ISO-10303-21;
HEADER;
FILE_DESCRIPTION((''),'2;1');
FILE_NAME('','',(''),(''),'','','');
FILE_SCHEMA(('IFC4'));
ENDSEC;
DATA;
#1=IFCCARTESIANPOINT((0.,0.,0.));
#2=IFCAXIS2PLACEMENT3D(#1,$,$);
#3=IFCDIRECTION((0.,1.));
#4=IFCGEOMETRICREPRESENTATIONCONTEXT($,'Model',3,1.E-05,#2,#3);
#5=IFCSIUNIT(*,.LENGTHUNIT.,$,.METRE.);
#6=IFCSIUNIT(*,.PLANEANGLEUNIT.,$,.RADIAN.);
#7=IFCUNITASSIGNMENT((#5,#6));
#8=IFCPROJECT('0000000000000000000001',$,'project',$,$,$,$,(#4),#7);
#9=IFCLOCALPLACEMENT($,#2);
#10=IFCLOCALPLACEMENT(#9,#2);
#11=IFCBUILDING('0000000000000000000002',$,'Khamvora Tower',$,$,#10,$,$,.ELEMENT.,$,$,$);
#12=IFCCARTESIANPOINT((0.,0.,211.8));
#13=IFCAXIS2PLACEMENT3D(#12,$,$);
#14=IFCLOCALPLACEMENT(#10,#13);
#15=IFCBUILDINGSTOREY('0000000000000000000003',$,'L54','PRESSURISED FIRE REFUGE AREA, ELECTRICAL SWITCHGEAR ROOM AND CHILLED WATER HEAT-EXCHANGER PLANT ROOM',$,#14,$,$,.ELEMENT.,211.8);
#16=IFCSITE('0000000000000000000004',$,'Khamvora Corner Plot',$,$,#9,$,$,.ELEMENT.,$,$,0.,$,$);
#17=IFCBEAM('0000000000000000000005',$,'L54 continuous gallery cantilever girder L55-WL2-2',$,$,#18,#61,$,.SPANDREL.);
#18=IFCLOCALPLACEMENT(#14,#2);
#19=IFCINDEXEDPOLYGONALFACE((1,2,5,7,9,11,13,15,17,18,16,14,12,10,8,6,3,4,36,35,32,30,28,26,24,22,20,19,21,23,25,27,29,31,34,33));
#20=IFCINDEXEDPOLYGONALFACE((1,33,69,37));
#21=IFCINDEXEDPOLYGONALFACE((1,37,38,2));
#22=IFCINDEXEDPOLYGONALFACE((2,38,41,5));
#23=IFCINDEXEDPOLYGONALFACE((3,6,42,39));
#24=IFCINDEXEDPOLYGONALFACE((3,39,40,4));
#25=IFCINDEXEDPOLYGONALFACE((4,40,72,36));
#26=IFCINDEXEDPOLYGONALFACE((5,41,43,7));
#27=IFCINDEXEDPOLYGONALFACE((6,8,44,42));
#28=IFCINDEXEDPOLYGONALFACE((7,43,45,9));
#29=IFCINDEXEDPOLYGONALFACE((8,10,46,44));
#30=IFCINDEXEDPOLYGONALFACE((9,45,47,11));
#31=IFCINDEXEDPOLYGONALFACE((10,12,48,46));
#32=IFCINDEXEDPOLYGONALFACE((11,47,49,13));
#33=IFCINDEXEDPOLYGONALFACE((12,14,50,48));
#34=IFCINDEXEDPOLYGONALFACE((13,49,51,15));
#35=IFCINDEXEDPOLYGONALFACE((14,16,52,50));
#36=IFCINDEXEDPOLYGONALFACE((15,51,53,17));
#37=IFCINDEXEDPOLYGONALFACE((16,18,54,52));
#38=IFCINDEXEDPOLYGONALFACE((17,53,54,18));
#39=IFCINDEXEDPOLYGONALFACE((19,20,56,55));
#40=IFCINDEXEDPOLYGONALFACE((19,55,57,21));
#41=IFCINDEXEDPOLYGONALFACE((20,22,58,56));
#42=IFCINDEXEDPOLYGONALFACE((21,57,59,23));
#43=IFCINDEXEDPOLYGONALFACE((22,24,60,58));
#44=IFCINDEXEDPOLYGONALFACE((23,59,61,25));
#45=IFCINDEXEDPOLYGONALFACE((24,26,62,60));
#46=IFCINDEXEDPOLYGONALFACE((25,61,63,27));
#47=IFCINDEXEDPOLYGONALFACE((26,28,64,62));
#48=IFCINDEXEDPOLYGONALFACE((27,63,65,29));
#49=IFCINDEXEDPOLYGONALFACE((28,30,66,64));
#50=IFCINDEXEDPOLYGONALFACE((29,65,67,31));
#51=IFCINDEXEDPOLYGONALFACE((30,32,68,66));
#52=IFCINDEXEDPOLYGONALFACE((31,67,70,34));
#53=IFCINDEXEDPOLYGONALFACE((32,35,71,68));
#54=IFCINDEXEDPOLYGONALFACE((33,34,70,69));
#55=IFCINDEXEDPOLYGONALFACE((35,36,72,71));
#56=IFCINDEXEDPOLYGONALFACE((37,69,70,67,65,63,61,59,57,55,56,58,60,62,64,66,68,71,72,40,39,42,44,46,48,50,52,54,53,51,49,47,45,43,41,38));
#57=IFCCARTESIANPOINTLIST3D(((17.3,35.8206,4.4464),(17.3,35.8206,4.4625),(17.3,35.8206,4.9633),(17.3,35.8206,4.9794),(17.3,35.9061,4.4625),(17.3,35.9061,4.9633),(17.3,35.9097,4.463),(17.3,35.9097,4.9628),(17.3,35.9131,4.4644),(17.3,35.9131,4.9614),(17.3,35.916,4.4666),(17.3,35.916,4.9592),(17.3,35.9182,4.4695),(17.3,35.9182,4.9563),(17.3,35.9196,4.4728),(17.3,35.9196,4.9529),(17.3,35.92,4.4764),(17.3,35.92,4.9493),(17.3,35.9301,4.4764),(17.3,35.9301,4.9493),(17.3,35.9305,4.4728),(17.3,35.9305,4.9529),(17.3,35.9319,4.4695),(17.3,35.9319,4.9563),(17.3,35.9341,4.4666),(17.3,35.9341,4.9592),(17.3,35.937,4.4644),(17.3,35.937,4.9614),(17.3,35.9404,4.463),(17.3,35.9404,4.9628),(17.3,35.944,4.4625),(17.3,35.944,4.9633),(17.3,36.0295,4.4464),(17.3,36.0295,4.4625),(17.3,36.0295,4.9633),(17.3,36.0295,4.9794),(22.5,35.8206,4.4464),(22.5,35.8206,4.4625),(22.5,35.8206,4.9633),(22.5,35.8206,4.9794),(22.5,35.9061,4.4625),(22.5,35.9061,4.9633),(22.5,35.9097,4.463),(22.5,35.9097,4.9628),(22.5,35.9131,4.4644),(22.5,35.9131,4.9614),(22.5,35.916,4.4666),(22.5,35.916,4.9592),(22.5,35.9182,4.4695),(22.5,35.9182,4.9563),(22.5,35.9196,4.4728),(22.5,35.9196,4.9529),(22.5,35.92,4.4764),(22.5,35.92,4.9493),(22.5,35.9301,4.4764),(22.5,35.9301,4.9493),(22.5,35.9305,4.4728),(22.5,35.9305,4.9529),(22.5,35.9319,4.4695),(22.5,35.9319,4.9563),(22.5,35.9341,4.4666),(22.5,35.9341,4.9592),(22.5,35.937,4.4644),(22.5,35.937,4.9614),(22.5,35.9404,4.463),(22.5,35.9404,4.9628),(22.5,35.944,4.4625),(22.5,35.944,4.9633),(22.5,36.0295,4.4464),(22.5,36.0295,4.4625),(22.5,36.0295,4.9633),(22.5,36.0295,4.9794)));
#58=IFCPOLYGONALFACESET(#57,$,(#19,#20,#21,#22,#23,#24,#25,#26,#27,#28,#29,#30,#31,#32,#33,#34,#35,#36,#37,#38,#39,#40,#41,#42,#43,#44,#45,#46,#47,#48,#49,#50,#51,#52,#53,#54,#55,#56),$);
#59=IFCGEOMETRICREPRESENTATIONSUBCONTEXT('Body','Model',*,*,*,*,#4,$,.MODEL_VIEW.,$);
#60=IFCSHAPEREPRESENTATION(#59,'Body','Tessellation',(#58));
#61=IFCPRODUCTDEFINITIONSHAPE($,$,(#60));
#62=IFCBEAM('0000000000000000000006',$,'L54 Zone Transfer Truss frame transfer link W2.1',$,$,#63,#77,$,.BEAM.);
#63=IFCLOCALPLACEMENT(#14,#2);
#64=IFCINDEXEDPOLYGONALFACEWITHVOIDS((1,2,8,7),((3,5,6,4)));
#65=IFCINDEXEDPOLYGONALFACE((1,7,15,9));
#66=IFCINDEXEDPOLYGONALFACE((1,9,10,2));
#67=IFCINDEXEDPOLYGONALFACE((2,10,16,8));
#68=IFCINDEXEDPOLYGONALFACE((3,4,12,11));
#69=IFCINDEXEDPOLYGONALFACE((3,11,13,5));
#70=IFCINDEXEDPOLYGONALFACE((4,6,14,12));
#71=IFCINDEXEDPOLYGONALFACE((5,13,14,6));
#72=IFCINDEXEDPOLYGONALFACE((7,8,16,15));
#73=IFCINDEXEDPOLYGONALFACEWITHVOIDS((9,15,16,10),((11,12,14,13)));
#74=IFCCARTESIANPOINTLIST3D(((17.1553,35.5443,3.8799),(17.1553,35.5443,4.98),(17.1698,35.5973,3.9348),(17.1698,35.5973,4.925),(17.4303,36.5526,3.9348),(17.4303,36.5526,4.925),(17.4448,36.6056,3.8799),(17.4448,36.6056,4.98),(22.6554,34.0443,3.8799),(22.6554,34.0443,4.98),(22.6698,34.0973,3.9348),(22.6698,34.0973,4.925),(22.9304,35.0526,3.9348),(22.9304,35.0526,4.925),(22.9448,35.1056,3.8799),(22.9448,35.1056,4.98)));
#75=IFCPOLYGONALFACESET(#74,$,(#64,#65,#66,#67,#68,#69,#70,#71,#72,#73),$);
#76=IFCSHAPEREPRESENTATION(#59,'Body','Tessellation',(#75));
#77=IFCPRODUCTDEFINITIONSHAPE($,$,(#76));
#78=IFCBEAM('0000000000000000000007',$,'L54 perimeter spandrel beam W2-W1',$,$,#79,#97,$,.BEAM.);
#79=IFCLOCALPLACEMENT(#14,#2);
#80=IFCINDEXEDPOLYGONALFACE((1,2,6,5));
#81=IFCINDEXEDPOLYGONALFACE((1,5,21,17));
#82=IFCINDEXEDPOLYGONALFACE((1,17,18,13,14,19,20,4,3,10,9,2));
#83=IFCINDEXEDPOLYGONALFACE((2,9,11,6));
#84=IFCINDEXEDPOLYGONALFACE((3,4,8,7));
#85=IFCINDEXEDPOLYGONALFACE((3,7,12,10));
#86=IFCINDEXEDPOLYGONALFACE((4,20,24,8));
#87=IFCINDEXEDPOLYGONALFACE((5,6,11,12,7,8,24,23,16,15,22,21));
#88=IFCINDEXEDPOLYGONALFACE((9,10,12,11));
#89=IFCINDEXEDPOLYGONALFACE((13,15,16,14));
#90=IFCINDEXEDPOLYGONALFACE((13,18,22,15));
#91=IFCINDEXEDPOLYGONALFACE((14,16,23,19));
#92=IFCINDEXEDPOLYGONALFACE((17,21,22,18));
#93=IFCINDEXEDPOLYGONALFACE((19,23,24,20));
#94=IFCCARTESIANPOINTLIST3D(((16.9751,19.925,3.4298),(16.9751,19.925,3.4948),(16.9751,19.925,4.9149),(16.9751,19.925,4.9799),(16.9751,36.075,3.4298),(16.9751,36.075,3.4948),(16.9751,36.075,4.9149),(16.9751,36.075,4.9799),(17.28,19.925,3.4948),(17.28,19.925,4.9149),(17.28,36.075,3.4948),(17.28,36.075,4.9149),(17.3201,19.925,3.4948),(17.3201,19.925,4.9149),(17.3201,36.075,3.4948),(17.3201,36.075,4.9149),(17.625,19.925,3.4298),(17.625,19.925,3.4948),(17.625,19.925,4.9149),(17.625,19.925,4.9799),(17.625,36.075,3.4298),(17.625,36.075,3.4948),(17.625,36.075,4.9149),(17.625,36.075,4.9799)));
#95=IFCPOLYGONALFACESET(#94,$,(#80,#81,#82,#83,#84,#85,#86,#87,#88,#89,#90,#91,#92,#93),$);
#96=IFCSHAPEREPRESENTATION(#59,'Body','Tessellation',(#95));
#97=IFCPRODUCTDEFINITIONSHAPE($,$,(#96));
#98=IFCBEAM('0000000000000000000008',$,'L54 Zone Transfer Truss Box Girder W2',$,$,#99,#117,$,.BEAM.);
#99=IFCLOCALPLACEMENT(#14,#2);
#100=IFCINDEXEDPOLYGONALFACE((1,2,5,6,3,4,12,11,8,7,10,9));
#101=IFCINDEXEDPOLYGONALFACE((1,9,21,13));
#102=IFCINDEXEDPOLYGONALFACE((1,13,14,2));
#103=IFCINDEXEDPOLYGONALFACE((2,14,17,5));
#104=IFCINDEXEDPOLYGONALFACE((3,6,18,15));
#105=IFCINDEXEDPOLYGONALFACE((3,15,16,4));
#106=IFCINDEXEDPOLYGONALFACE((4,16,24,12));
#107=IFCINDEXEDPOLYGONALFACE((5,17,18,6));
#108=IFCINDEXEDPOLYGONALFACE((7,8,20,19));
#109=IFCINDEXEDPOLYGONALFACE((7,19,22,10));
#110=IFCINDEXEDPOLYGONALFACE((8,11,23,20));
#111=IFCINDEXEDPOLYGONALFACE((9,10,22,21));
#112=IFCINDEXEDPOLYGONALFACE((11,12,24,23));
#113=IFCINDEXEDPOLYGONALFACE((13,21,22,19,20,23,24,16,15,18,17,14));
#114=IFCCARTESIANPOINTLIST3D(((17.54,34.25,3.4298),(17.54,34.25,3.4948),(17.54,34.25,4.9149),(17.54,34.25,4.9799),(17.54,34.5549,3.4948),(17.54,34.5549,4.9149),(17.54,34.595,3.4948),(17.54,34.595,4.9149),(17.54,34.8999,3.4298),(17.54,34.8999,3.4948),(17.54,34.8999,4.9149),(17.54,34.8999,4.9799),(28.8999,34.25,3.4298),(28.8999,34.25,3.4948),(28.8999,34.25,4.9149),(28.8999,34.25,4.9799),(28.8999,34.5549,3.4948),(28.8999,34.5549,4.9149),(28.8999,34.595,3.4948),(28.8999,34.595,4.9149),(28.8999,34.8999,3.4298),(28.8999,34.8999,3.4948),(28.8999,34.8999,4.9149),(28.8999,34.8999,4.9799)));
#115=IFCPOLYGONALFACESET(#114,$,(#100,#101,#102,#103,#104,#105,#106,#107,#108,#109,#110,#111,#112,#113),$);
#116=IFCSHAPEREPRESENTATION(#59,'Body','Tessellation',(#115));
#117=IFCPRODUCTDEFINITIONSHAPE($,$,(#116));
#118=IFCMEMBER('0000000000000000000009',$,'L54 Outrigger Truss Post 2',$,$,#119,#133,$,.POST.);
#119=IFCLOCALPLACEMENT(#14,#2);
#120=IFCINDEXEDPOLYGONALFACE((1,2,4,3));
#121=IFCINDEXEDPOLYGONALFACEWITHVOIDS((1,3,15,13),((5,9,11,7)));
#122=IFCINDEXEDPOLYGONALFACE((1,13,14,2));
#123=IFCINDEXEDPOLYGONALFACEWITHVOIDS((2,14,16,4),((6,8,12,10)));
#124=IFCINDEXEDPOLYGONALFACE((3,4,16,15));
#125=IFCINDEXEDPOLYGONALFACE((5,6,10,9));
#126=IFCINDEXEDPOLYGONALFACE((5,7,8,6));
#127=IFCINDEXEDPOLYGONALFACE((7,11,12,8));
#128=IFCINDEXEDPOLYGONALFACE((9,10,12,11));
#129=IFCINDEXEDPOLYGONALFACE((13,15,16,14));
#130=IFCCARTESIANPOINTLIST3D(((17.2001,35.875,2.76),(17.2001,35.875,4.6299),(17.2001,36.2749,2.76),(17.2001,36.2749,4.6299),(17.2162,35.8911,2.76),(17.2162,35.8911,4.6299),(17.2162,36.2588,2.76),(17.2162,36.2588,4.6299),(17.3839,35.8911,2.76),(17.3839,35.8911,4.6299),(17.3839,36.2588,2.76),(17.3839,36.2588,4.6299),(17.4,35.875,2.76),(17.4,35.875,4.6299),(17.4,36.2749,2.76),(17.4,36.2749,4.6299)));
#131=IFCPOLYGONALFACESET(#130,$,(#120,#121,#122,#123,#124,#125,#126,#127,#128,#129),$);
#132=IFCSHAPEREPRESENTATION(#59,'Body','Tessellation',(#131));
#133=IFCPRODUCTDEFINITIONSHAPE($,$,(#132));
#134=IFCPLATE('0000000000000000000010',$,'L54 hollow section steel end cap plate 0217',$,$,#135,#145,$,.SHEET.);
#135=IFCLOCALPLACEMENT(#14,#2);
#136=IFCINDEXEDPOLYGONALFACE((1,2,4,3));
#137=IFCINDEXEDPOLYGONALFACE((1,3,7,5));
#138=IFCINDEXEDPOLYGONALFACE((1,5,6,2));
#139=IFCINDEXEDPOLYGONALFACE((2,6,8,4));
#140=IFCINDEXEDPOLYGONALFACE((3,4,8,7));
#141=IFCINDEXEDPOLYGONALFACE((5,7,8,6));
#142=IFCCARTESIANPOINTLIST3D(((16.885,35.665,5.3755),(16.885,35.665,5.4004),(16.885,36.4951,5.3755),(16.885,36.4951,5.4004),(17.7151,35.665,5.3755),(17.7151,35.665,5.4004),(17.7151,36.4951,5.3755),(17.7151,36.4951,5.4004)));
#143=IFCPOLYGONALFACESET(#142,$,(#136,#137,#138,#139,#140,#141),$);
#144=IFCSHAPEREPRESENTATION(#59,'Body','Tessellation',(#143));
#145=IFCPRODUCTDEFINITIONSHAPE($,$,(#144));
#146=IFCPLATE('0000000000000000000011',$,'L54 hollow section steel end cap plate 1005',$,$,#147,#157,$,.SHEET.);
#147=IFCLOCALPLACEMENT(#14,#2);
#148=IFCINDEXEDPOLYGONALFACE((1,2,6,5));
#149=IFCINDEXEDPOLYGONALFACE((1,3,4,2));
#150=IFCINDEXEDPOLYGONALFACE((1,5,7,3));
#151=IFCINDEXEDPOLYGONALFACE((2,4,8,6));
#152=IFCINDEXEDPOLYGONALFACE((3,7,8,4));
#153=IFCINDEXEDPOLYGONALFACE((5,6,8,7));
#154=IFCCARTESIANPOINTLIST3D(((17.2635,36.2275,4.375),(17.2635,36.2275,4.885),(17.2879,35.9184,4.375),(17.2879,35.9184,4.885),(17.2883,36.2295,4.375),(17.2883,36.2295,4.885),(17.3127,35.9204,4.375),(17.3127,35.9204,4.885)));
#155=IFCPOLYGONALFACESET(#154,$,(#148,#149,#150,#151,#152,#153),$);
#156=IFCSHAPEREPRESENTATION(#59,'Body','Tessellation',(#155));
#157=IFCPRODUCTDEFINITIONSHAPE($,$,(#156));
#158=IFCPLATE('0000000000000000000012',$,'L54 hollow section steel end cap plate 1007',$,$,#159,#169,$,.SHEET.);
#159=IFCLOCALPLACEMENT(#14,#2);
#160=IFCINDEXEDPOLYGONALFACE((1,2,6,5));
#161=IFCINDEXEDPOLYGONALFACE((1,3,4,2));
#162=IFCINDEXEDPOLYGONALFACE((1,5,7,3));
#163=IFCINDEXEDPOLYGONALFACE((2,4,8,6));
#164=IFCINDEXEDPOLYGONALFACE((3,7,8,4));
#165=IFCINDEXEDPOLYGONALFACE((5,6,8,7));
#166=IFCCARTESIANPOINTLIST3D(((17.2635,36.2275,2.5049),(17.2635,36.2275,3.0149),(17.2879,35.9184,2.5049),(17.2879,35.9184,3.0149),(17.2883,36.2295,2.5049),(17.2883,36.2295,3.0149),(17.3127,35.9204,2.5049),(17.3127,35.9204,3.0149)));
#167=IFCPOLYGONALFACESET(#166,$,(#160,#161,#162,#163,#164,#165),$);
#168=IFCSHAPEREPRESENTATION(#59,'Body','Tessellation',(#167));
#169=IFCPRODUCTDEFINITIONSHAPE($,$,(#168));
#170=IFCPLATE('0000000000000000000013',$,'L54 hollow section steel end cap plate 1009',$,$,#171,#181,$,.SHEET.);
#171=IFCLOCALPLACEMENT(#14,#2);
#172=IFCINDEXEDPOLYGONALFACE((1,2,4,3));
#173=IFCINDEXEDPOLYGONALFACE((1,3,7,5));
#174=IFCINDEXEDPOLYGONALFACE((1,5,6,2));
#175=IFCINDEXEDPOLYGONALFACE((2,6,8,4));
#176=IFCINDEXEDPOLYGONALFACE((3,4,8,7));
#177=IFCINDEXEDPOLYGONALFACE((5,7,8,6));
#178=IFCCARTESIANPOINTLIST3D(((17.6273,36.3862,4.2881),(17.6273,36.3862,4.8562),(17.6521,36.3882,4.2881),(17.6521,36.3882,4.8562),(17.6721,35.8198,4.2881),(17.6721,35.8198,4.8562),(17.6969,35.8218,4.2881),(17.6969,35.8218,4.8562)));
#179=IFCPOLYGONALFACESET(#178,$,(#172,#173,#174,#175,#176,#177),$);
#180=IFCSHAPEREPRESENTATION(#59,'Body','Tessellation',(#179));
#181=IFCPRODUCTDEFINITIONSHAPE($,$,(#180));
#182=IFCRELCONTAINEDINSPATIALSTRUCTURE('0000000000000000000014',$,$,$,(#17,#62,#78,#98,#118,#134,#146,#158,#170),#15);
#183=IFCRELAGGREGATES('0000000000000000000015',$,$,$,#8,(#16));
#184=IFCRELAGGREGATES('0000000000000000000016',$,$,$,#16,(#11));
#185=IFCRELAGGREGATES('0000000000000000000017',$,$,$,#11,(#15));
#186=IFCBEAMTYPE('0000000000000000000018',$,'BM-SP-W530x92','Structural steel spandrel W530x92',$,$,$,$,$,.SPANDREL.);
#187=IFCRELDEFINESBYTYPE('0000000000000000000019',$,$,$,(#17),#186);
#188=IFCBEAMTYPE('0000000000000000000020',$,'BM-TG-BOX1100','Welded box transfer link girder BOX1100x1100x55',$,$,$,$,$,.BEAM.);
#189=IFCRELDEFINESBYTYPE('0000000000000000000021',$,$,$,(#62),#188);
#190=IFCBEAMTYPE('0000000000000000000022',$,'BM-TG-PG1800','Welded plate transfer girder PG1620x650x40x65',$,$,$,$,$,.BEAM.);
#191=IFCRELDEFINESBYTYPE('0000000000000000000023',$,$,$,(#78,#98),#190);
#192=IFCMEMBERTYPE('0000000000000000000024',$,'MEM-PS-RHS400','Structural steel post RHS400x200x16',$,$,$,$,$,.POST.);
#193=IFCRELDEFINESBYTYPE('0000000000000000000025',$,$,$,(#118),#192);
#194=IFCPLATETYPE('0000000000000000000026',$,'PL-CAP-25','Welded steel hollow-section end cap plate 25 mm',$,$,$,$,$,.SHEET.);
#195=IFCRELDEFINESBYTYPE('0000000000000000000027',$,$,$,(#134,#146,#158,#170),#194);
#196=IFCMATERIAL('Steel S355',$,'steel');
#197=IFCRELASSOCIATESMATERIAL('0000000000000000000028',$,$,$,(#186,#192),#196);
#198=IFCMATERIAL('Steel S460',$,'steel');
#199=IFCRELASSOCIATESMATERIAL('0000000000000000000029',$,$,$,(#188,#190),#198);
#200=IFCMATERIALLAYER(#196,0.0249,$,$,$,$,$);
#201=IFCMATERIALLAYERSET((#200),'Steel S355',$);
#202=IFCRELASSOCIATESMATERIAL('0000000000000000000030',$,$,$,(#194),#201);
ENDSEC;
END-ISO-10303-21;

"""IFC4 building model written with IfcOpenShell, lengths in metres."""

from ifc_helpers import new_model, si_unit, direction, frame, origin, origin_2d, place, context, subcontext, project, spatial, rectangle, hollow_rectangle, i_section, extrude, material, layer, layer_set, material_profile, profile_set, type_object, element, save


model = new_model("IFC4")

# Units and contexts
model_context = context("Model", 3, precision=1e-05, world=origin(), true_north=direction((0.0, 1.0)))
body_context = subcontext(model_context, "Body", "Model", "MODEL_VIEW")
ifc_project = project(units=[si_unit("LENGTHUNIT", "METRE"), si_unit("PLANEANGLEUNIT", "RADIAN")], contexts=[model_context])

# Site, building, storey
site_placement = place(None, origin())
site = spatial("IfcSite", under=ifc_project, at=site_placement, Name="Khamvora Corner Plot", CompositionType="ELEMENT", RefElevation=0.0)
building_placement = place(site_placement, origin())
building = spatial("IfcBuilding", under=site, at=building_placement, Name="Khamvora Tower", CompositionType="ELEMENT")
storey_placement = place(building_placement, frame((0.0, 0.0, 211.8)))
storey = spatial("IfcBuildingStorey", under=building, at=storey_placement, Name="L54", Description="PRESSURISED FIRE REFUGE AREA, ELECTRICAL SWITCHGEAR ROOM AND CHILLED WATER HEAT-EXCHANGER PLANT ROOM", CompositionType="ELEMENT", Elevation=211.8)

# Shared definitions
ifc_material_1 = material(Name="Steel S460", Category="steel")
ifc_material_2 = material(Name="Steel S355", Category="steel")

# Beams
ifc_material_profile_1 = material_profile(ifc_material_2, i_section(OverallWidth=0.209, OverallDepth=0.533, WebThickness=0.01, FlangeThickness=0.0161, FilletRadius=0.0139, at=origin_2d()), Name="W530x92")
ifc_profile_set_1 = profile_set([ifc_material_profile_1], Name="Steel S355")
beam_type_1 = type_object("IfcBeamType", Name="BM-SP-W530x92", Description="Structural steel spandrel W530x92", PredefinedType="SPANDREL", material=ifc_profile_set_1)
for number, where, z_axis, x_axis, name in (
    (1, (22.5, 35.925, 4.7129), (-1.0, 0.0, 0.0), (0.0, -1.0, 0.0), "L54 continuous gallery cantilever girder L55-WL2-2"),
):
    element("IfcBeam", number, at=place(storey_placement, frame(where, z_axis=z_axis, x_axis=x_axis)), inside=storey, type_object=beam_type_1, Name=name, PredefinedType="SPANDREL", context=body_context, shape_type="SweptSolid", body=[
        extrude(i_section(OverallWidth=0.209, OverallDepth=0.533, WebThickness=0.01, FlangeThickness=0.0161, FilletRadius=0.0139, at=origin_2d()), origin(), (0.0, 0.0, 1.0), 5.2),
    ])
ifc_material_profile_2 = material_profile(ifc_material_1, hollow_rectangle(XDim=1.1001, YDim=1.1001, WallThickness=0.0549, at=origin_2d()), Name="BOX1100x1100x55")
ifc_profile_set_2 = profile_set([ifc_material_profile_2], Name="Steel S460")
beam_type_2 = type_object("IfcBeamType", Name="BM-TG-BOX1100", Description="Welded box transfer link girder BOX1100x1100x55", PredefinedType="BEAM", material=ifc_profile_set_2)
beam_1_placement = place(storey_placement, frame((17.3, 36.075, 4.4299), z_axis=(0.964764, -0.263117, 0.0), x_axis=(0.263117, 0.964764, 0.0)))
element("IfcBeam", 2, at=beam_1_placement, inside=storey, type_object=beam_type_2, Name="L54 Zone Transfer Truss frame transfer link W2.1", PredefinedType="BEAM", context=body_context, shape_type="SweptSolid", body=[
    extrude(hollow_rectangle(XDim=1.1001, YDim=1.1001, WallThickness=0.0549, at=origin_2d()), origin(), (0.0, 0.0, 1.0), 5.7009),
])
ifc_material_profile_3 = material_profile(ifc_material_1, i_section(OverallWidth=0.6499, OverallDepth=1.55, WebThickness=0.04, FlangeThickness=0.0649, at=origin_2d()), Name="PG1550x650x40x65")
ifc_profile_set_3 = profile_set([ifc_material_profile_3], Name="Steel S460")
beam_type_3 = type_object("IfcBeamType", Name="BM-TG-PG1800", Description="Welded plate transfer girder PG1620x650x40x65", PredefinedType="BEAM", material=ifc_profile_set_3)
beam_2_placement = place(storey_placement, frame((17.3, 36.075, 4.2048), z_axis=(0.0, -1.0, 0.0), x_axis=(1.0, 0.0, 0.0)))
element("IfcBeam", 3, at=beam_2_placement, inside=storey, type_object=beam_type_3, Name="L54 perimeter spandrel beam W2-W1", PredefinedType="BEAM", context=body_context, shape_type="SweptSolid", body=[
    extrude(i_section(OverallWidth=0.6499, OverallDepth=1.55, WebThickness=0.04, FlangeThickness=0.0649, at=origin_2d()), origin(), (0.0, 0.0, 1.0), 16.1499),
])
beam_3_placement = place(storey_placement, frame((17.54, 34.575, 4.2048), z_axis=(1.0, 0.0, 0.0), x_axis=(0.0, 1.0, 0.0)))
element("IfcBeam", 4, at=beam_3_placement, inside=storey, type_object=beam_type_3, Name="L54 Zone Transfer Truss Box Girder W2", PredefinedType="BEAM", context=body_context, shape_type="SweptSolid", body=[
    extrude(i_section(OverallWidth=0.6499, OverallDepth=1.55, WebThickness=0.04, FlangeThickness=0.0649, at=origin_2d()), origin(), (0.0, 0.0, 1.0), 11.3599),
])

# Member
ifc_material_profile_4 = material_profile(ifc_material_2, hollow_rectangle(XDim=0.2, YDim=0.3999, WallThickness=0.0161, at=origin_2d()), Name="RHS400x200x16")
ifc_profile_set_4 = profile_set([ifc_material_profile_4], Name="Steel S355")
member_type = type_object("IfcMemberType", Name="MEM-PS-RHS400", Description="Structural steel post RHS400x200x16", PredefinedType="POST", material=ifc_profile_set_4)
member_placement = place(storey_placement, frame((17.3, 36.075, 2.76), z_axis=(0.0, 0.0, 1.0), x_axis=(1.0, 0.0, 0.0)))
element("IfcMember", 5, at=member_placement, inside=storey, type_object=member_type, Name="L54 Outrigger Truss Post 2", PredefinedType="POST", context=body_context, shape_type="SweptSolid", body=[
    extrude(hollow_rectangle(XDim=0.2, YDim=0.3999, WallThickness=0.0161, at=origin_2d()), origin(), (0.0, 0.0, 1.0), 1.8699),
])

# Plates
ifc_layer_1 = layer(ifc_material_2, 0.0249)
ifc_layer_set_1 = layer_set([ifc_layer_1], Name="Steel S355")
plate_type_1 = type_object("IfcPlateType", Name="PL-CAP-25", Description="Welded steel hollow-section end cap plate 25 mm", PredefinedType="SHEET", material=ifc_layer_set_1)
plate_1_placement = place(storey_placement, frame((17.3, 36.0801, 5.3755), z_axis=(0.0, 0.0, 1.0), x_axis=(1.0, 0.0, 0.0)))
element("IfcPlate", 6, at=plate_1_placement, inside=storey, type_object=plate_type_1, Name="L54 hollow section steel end cap plate 0217", PredefinedType="SHEET", context=body_context, shape_type="SweptSolid", body=[
    extrude(rectangle(XDim=0.8301, YDim=0.8301, at=origin_2d()), origin(), (0.0, 0.0, 1.0), 0.0249),
])
for number, where, z_axis, x_axis, name in (
    (7, (17.2881, 36.074, 4.375), (0.0, 0.0, 1.0), (-0.99689, -0.078807, 0.0), "L54 hollow section steel end cap plate 1005"),
    (8, (17.2881, 36.074, 2.5049), (0.0, 0.0, 1.0), (-0.99689, -0.078807, 0.0), "L54 hollow section steel end cap plate 1007"),
):
    element("IfcPlate", number, at=place(storey_placement, frame(where, z_axis=z_axis, x_axis=x_axis)), inside=storey, type_object=plate_type_1, Name=name, PredefinedType="SHEET", context=body_context, shape_type="SweptSolid", body=[
        extrude(rectangle(XDim=0.0249, YDim=0.3101, at=origin_2d()), origin(), (0.0, 0.0, 1.0), 0.51),
    ])
plate_2_placement = place(storey_placement, frame((17.6621, 36.104, 4.2881), z_axis=(0.0, 0.0, 1.0), x_axis=(-0.99689, -0.078807, 0.0)))
element("IfcPlate", 9, at=plate_2_placement, inside=storey, type_object=plate_type_1, Name="L54 hollow section steel end cap plate 1009", PredefinedType="SHEET", context=body_context, shape_type="SweptSolid", body=[
    extrude(rectangle(XDim=0.0249, YDim=0.5681, at=origin_2d()), origin(), (0.0, 0.0, 1.0), 0.5681),
])

save(model, "model.ifc")
